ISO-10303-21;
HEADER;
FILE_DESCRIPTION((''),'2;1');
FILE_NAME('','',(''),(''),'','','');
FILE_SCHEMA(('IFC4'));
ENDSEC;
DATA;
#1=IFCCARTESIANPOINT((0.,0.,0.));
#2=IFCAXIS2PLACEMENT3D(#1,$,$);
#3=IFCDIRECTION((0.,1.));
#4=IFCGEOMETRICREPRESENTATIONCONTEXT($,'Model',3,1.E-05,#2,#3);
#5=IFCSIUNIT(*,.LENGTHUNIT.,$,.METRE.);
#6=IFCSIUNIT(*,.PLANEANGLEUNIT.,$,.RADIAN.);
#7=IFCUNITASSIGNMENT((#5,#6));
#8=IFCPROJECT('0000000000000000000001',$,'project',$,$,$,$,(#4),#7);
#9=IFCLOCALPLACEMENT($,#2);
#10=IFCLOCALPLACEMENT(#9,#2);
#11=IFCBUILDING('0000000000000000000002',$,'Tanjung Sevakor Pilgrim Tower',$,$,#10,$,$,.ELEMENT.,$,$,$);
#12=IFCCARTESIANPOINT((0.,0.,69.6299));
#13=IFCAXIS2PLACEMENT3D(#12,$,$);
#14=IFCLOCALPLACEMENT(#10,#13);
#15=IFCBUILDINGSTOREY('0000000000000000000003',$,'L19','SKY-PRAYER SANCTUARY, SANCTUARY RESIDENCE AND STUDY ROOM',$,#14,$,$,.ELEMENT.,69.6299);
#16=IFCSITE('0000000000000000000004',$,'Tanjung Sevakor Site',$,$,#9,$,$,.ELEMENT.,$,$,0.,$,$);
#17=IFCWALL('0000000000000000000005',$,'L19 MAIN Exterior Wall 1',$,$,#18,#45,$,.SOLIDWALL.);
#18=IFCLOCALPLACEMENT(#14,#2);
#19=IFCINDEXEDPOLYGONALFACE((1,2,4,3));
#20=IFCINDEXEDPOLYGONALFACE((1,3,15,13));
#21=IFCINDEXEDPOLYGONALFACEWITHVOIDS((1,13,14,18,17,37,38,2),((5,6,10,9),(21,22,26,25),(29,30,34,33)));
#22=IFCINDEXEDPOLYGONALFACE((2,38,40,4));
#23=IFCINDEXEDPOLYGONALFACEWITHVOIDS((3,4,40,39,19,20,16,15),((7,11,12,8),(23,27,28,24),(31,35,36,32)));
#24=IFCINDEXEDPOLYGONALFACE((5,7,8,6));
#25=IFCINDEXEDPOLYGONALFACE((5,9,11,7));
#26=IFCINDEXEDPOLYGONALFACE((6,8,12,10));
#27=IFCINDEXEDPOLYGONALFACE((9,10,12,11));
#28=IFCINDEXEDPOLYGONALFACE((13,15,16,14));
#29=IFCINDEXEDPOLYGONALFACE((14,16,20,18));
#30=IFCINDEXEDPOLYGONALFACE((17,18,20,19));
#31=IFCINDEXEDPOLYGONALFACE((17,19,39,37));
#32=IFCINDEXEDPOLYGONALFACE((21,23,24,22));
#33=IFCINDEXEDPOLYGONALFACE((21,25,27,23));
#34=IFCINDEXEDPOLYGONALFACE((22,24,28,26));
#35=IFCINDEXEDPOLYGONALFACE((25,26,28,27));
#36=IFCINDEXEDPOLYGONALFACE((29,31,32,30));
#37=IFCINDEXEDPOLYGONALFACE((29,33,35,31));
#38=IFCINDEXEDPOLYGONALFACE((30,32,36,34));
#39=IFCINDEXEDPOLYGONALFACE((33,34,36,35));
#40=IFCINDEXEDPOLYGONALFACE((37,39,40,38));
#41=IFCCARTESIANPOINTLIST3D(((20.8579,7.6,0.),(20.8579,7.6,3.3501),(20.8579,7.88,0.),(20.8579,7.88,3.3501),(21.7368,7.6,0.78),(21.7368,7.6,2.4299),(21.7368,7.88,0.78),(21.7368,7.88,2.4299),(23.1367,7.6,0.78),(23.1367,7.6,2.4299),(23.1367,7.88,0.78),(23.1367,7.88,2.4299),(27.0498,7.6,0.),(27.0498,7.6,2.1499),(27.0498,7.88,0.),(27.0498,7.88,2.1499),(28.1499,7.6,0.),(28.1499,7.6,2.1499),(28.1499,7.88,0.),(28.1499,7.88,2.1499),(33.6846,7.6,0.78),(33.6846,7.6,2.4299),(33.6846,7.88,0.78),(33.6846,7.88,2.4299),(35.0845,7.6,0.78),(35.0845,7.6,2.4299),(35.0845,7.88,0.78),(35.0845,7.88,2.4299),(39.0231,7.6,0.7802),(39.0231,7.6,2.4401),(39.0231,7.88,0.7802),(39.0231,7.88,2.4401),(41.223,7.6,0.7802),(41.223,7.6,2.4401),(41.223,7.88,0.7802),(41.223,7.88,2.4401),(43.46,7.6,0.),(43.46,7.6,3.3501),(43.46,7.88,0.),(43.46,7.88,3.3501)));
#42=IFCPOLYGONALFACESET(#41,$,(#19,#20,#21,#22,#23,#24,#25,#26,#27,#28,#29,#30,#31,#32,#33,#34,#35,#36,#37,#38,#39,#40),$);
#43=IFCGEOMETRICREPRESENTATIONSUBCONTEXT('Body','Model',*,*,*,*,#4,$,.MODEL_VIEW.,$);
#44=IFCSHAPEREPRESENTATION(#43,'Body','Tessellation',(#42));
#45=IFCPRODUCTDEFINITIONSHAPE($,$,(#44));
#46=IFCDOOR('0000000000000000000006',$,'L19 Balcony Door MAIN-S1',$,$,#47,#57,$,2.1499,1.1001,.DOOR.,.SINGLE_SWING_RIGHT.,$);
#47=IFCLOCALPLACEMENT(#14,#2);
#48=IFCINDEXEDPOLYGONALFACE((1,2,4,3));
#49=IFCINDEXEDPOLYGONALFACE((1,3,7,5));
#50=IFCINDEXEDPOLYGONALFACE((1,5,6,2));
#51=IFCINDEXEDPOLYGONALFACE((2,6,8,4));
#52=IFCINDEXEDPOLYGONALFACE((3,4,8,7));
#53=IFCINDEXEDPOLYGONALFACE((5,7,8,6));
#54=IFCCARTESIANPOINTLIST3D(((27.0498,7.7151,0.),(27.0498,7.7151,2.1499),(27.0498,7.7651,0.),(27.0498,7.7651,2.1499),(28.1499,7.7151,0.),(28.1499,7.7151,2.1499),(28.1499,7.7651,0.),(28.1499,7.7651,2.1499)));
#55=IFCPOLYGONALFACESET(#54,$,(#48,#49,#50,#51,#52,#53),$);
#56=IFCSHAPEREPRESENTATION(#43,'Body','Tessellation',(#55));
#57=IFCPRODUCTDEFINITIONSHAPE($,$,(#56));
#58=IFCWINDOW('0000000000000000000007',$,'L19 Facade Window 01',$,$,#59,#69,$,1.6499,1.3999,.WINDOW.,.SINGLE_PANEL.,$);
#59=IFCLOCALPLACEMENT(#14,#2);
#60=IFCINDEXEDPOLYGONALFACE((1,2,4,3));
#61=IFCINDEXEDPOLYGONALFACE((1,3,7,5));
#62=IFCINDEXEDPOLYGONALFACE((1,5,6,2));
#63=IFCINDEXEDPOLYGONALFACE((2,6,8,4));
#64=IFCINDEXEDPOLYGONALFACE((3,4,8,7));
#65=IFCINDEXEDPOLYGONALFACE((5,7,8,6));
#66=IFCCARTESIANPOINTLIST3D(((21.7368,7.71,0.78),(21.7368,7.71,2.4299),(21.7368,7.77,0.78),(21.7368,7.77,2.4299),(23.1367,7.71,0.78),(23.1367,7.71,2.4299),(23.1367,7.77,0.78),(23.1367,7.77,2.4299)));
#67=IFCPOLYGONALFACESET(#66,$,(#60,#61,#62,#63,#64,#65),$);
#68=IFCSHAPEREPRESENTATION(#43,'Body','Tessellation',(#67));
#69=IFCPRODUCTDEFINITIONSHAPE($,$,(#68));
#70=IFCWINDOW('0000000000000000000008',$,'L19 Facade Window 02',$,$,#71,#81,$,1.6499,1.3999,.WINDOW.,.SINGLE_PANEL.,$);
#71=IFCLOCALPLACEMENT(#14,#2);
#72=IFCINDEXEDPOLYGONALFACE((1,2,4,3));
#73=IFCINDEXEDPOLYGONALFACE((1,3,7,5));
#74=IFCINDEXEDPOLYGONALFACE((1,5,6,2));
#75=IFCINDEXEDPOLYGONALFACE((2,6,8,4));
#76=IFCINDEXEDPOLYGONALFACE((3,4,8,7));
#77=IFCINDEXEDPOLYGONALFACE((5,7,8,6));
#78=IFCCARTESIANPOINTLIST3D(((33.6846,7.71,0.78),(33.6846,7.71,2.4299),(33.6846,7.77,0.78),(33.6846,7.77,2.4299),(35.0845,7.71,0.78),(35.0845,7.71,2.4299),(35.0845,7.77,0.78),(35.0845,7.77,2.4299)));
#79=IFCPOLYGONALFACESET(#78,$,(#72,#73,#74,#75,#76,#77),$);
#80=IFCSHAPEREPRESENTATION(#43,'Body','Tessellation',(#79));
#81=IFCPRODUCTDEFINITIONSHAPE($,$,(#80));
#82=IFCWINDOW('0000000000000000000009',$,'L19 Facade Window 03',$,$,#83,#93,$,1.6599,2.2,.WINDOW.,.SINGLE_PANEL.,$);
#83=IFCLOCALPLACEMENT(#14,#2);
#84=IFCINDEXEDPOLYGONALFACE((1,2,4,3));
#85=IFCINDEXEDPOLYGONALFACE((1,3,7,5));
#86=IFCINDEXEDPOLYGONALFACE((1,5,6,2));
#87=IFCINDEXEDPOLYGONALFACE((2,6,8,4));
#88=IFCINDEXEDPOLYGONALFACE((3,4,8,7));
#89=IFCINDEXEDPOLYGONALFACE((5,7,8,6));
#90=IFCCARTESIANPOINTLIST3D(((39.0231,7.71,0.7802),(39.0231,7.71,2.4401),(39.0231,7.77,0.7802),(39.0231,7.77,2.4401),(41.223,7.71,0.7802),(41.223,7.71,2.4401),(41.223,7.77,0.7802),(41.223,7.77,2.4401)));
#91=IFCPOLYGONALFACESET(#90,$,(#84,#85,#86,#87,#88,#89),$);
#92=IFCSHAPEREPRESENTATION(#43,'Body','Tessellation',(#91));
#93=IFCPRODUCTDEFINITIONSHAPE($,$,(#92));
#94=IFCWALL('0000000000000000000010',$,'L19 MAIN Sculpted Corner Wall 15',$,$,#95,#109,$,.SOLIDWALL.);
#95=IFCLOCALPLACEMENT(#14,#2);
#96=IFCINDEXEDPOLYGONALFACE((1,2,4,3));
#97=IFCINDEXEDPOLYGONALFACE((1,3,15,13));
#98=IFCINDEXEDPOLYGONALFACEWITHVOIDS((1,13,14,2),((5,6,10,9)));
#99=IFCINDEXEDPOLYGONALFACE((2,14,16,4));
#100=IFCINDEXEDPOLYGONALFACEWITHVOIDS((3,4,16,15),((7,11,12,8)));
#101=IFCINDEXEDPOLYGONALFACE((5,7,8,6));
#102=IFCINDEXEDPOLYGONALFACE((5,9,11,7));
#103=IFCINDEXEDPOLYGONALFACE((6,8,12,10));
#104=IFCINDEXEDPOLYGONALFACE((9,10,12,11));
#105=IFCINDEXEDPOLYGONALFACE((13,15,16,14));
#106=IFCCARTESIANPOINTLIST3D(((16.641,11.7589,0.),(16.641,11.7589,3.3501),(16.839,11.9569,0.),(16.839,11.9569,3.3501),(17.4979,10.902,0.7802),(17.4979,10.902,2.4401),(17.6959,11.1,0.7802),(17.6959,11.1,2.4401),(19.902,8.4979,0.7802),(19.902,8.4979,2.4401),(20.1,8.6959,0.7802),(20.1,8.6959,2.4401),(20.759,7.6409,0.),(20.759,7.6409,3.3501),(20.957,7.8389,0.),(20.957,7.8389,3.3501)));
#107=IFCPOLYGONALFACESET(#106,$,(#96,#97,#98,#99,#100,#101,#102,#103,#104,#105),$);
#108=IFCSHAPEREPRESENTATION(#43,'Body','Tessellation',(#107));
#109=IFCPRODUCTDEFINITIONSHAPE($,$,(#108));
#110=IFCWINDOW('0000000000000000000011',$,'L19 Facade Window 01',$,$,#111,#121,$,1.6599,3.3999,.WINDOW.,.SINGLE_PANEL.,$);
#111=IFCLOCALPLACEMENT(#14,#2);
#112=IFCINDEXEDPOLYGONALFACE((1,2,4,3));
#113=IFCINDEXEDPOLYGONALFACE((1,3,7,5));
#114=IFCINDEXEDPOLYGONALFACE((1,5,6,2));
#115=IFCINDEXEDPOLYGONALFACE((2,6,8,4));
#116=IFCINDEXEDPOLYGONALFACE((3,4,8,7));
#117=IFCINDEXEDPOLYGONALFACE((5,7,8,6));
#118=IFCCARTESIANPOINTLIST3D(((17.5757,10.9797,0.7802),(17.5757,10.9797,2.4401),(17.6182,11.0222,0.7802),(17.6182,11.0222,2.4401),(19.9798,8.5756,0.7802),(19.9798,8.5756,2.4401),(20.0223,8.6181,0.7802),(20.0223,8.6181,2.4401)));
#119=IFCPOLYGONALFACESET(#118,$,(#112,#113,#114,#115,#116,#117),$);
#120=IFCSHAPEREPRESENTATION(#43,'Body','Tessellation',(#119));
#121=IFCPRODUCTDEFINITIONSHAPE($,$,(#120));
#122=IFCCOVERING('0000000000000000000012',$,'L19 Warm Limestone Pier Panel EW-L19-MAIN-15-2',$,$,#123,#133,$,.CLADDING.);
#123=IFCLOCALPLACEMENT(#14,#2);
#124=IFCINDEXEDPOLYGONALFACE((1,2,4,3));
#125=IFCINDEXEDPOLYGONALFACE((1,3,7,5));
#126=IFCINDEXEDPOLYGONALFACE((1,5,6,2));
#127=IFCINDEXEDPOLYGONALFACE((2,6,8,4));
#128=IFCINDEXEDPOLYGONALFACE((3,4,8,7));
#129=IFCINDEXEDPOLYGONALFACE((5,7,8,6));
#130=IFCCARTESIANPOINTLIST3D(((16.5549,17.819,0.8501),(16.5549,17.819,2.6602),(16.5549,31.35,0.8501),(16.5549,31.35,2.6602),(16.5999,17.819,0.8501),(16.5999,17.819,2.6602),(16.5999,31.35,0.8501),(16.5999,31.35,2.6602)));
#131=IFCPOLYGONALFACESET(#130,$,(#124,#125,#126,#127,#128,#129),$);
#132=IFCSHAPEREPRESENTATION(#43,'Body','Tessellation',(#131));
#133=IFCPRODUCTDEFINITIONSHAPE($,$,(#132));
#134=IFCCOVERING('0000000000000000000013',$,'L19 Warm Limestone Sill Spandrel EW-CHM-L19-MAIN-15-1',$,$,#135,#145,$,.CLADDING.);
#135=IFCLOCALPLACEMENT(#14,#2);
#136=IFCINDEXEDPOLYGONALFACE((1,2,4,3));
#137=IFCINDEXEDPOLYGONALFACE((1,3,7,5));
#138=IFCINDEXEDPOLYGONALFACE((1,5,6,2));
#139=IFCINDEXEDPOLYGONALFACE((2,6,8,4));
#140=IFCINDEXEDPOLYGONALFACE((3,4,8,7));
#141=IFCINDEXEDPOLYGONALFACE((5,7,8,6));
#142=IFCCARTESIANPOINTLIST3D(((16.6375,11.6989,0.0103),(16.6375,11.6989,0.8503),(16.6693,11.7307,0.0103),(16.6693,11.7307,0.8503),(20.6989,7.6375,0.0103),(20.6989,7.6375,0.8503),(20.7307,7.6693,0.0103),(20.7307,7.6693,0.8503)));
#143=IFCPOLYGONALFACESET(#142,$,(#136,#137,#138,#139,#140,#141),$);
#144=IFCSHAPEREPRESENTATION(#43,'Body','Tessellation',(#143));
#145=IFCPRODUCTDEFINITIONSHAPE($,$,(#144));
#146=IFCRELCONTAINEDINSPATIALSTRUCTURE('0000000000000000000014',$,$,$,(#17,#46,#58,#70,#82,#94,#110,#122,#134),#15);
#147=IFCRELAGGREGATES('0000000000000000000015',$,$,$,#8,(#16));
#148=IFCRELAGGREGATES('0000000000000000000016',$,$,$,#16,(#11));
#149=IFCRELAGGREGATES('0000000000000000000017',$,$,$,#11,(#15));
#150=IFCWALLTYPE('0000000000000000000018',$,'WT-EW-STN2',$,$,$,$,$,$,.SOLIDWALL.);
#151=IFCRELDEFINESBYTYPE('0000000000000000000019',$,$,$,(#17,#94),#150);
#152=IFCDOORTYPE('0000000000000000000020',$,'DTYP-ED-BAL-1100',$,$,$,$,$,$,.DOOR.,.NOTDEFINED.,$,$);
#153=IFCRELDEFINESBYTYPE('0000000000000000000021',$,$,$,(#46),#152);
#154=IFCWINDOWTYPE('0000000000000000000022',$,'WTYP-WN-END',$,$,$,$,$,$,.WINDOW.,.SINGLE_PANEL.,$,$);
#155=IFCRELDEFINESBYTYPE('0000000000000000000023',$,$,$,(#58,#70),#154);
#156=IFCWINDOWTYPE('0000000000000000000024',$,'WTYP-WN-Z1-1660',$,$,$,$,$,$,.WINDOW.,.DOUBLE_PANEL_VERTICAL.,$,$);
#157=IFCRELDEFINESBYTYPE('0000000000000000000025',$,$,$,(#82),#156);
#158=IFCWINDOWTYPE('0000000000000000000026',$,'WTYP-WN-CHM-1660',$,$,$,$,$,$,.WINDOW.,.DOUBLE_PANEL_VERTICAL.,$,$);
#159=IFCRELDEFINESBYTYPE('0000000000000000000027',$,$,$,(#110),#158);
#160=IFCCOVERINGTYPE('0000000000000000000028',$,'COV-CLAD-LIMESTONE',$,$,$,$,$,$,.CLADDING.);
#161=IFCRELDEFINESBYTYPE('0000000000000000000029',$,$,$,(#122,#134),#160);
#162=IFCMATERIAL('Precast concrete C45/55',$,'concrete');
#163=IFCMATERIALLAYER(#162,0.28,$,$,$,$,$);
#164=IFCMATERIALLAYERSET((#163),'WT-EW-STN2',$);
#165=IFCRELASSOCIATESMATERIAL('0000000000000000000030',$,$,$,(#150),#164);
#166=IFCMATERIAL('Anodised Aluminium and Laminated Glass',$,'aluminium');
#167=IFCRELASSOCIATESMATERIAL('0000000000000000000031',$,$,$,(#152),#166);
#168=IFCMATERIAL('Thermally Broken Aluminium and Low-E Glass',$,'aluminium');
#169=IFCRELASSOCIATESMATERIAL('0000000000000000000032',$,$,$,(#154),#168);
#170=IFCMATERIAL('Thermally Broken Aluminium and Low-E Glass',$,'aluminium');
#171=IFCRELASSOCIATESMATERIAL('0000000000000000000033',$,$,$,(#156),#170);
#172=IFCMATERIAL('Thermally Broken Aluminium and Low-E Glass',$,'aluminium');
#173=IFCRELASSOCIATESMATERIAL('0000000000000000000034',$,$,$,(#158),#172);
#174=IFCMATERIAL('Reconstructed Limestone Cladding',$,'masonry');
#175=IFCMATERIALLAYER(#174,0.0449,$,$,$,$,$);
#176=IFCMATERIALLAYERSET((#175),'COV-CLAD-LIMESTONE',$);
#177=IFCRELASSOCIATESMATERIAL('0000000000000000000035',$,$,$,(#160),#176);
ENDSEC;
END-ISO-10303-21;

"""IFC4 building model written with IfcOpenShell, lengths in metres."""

from ifc_helpers import new_model, si_unit, direction, frame, frame_2d, origin, origin_2d, place, context, subcontext, project, spatial, rectangle, extrude, material, layer, layer_set, type_object, element, fill, save


model = new_model("IFC4")

# Units and contexts
model_context = context("Model", 3, precision=1e-05, world=origin(), true_north=direction((0.0, 1.0)))
body_context = subcontext(model_context, "Body", "Model", "MODEL_VIEW")
ifc_project = project(units=[si_unit("LENGTHUNIT", "METRE"), si_unit("PLANEANGLEUNIT", "RADIAN")], contexts=[model_context])

# Site, building, storey
site_placement = place(None, origin())
site = spatial("IfcSite", under=ifc_project, at=site_placement, Name="Tanjung Sevakor Site", CompositionType="ELEMENT", RefElevation=0.0)
building_placement = place(site_placement, origin())
building = spatial("IfcBuilding", under=site, at=building_placement, Name="Tanjung Sevakor Pilgrim Tower", CompositionType="ELEMENT")
storey_placement = place(building_placement, frame((0.0, 0.0, 69.6299)))
storey = spatial("IfcBuildingStorey", under=building, at=storey_placement, Name="L19", Description="SKY-PRAYER SANCTUARY, SANCTUARY RESIDENCE AND STUDY ROOM", CompositionType="ELEMENT", Elevation=69.6299)

# Wall, openings, door, windows
ifc_material_1 = material(Name="Precast concrete C45/55", Category="concrete")
ifc_layer_1 = layer(ifc_material_1, 0.28)
ifc_layer_set_1 = layer_set([ifc_layer_1], Name="WT-EW-STN2")
wall_type_1 = type_object("IfcWallType", Name="WT-EW-STN2", PredefinedType="SOLIDWALL", material=ifc_layer_set_1)
wall_1_placement = place(storey_placement, frame((20.8579, 7.74, 0.0), z_axis=(0.0, 0.0, 1.0), x_axis=(1.0, 0.0, 0.0)))
wall_1 = element("IfcWall", 1, at=wall_1_placement, inside=storey, type_object=wall_type_1, Name="L19 MAIN Exterior Wall 1", PredefinedType="SOLIDWALL", context=body_context, shape_type="SweptSolid", body=[
    extrude(rectangle(XDim=22.6021, YDim=0.28, at=frame_2d((11.301, 0.0))), origin(), (0.0, 0.0, 1.0), 3.3501),
])
opening_1_placement = place(wall_1_placement, frame((6.1919, 0.0, 0.0)))
opening_1 = element("IfcOpeningElement", 2, at=opening_1_placement, cuts=wall_1, PredefinedType="OPENING", context=body_context, shape_type="SweptSolid", body=[
    extrude(rectangle(XDim=1.1001, YDim=2.1499, at=frame_2d((0.55, 1.075))), frame((0.0, 0.1499, 0.0), z_axis=(0.0, -1.0, 0.0), x_axis=(1.0, 0.0, 0.0)), (0.0, 0.0, 1.0), 0.3),
])
opening_2_placement = place(wall_1_placement, frame((0.8789, 0.0, 0.78)))
opening_2 = element("IfcOpeningElement", 3, at=opening_2_placement, cuts=wall_1, PredefinedType="OPENING", context=body_context, shape_type="SweptSolid", body=[
    extrude(rectangle(XDim=1.3999, YDim=1.6499, at=frame_2d((0.7, 0.825))), frame((0.0, 0.1499, 0.0), z_axis=(0.0, -1.0, 0.0), x_axis=(1.0, 0.0, 0.0)), (0.0, 0.0, 1.0), 0.3),
])
opening_3_placement = place(wall_1_placement, frame((12.8267, 0.0, 0.78)))
opening_3 = element("IfcOpeningElement", 4, at=opening_3_placement, cuts=wall_1, PredefinedType="OPENING", context=body_context, shape_type="SweptSolid", body=[
    extrude(rectangle(XDim=1.3999, YDim=1.6499, at=frame_2d((0.7, 0.825))), frame((0.0, 0.1499, 0.0), z_axis=(0.0, -1.0, 0.0), x_axis=(1.0, 0.0, 0.0)), (0.0, 0.0, 1.0), 0.3),
])
opening_4_placement = place(wall_1_placement, frame((18.165, 0.0, 0.78)))
opening_4 = element("IfcOpeningElement", 5, at=opening_4_placement, cuts=wall_1, PredefinedType="OPENING", context=body_context, shape_type="SweptSolid", body=[
    extrude(rectangle(XDim=2.2, YDim=1.6599, at=frame_2d((1.1001, 0.8301))), frame((0.0, 0.1499, 0.0), z_axis=(0.0, -1.0, 0.0), x_axis=(1.0, 0.0, 0.0)), (0.0, 0.0, 1.0), 0.3),
])
ifc_material_2 = material(Name="Anodised Aluminium and Laminated Glass", Category="aluminium")
door_type_1 = type_object("IfcDoorType", Name="DTYP-ED-BAL-1100", OperationType="NOTDEFINED", PredefinedType="DOOR", material=ifc_material_2)
door_1_placement = place(opening_1_placement, frame((1.1001, 0.0, 0.0), z_axis=(0.0, 0.0, 1.0), x_axis=(-1.0, 0.0, 0.0)))
door_1 = element("IfcDoor", 6, at=door_1_placement, inside=storey, type_object=door_type_1, Name="L19 Balcony Door MAIN-S1", OperationType="SINGLE_SWING_RIGHT", OverallHeight=2.1499, OverallWidth=1.1001, PredefinedType="DOOR", context=body_context, shape_type="SweptSolid", body=[
    extrude(rectangle(XDim=1.1001, YDim=2.1499, at=frame_2d((0.55, 1.075))), frame((0.0, 0.0249, 0.0), z_axis=(0.0, -1.0, 0.0), x_axis=(1.0, 0.0, 0.0)), (0.0, 0.0, 1.0), 0.05),
])
fill(opening_1, door_1)
ifc_material_3 = material(Name="Thermally Broken Aluminium and Low-E Glass", Category="aluminium")
window_type_1 = type_object("IfcWindowType", Name="WTYP-WN-END", PartitioningType="SINGLE_PANEL", PredefinedType="WINDOW", material=ifc_material_3)
window_1_placement = place(opening_2_placement, origin())
window_1 = element("IfcWindow", 7, at=window_1_placement, inside=storey, type_object=window_type_1, Name="L19 Facade Window 01", OverallHeight=1.6499, OverallWidth=1.3999, PartitioningType="SINGLE_PANEL", PredefinedType="WINDOW", context=body_context, shape_type="SweptSolid", body=[
    extrude(rectangle(XDim=1.3999, YDim=1.6499, at=frame_2d((0.7, 0.825))), frame((0.0, 0.03, 0.0), z_axis=(0.0, -1.0, 0.0), x_axis=(1.0, 0.0, 0.0)), (0.0, 0.0, 1.0), 0.0601),
])
fill(opening_2, window_1)
window_2_placement = place(opening_3_placement, origin())
window_2 = element("IfcWindow", 8, at=window_2_placement, inside=storey, type_object=window_type_1, Name="L19 Facade Window 02", OverallHeight=1.6499, OverallWidth=1.3999, PartitioningType="SINGLE_PANEL", PredefinedType="WINDOW", context=body_context, shape_type="SweptSolid", body=[
    extrude(rectangle(XDim=1.3999, YDim=1.6499, at=frame_2d((0.7, 0.825))), frame((0.0, 0.03, 0.0), z_axis=(0.0, -1.0, 0.0), x_axis=(1.0, 0.0, 0.0)), (0.0, 0.0, 1.0), 0.0601),
])
fill(opening_3, window_2)
ifc_material_4 = material(Name="Thermally Broken Aluminium and Low-E Glass", Category="aluminium")
window_type_2 = type_object("IfcWindowType", Name="WTYP-WN-Z1-1660", PartitioningType="DOUBLE_PANEL_VERTICAL", PredefinedType="WINDOW", material=ifc_material_4)
window_3_placement = place(opening_4_placement, origin())
window_3 = element("IfcWindow", 9, at=window_3_placement, inside=storey, type_object=window_type_2, Name="L19 Facade Window 03", OverallHeight=1.6599, OverallWidth=2.2, PartitioningType="SINGLE_PANEL", PredefinedType="WINDOW", context=body_context, shape_type="SweptSolid", body=[
    extrude(rectangle(XDim=2.2, YDim=1.6599, at=frame_2d((1.1001, 0.8301))), frame((0.0, 0.03, 0.0), z_axis=(0.0, -1.0, 0.0), x_axis=(1.0, 0.0, 0.0)), (0.0, 0.0, 1.0), 0.0601),
])
fill(opening_4, window_3)

# Wall, opening, window
wall_2_placement = place(storey_placement, frame((16.74, 11.8579, 0.0), z_axis=(0.0, 0.0, 1.0), x_axis=(0.707107, -0.707107, 0.0)))
wall_2 = element("IfcWall", 10, at=wall_2_placement, inside=storey, type_object=wall_type_1, Name="L19 MAIN Sculpted Corner Wall 15", PredefinedType="SOLIDWALL", context=body_context, shape_type="SweptSolid", body=[
    extrude(rectangle(XDim=5.8237, YDim=0.28, at=frame_2d((2.9119, 0.0))), origin(), (0.0, 0.0, 1.0), 3.3501),
])
opening_5_placement = place(wall_2_placement, frame((1.2119, 0.0, 0.78)))
opening_5 = element("IfcOpeningElement", 11, at=opening_5_placement, cuts=wall_2, PredefinedType="OPENING", context=body_context, shape_type="SweptSolid", body=[
    extrude(rectangle(XDim=3.3999, YDim=1.6599, at=frame_2d((1.7, 0.8301))), frame((0.0, 0.1499, 0.0), z_axis=(0.0, -1.0, 0.0), x_axis=(1.0, 0.0, 0.0)), (0.0, 0.0, 1.0), 0.3),
])
ifc_material_5 = material(Name="Thermally Broken Aluminium and Low-E Glass", Category="aluminium")
window_type_3 = type_object("IfcWindowType", Name="WTYP-WN-CHM-1660", PartitioningType="DOUBLE_PANEL_VERTICAL", PredefinedType="WINDOW", material=ifc_material_5)
window_4_placement = place(opening_5_placement, origin())
window_4 = element("IfcWindow", 12, at=window_4_placement, inside=storey, type_object=window_type_3, Name="L19 Facade Window 01", OverallHeight=1.6599, OverallWidth=3.3999, PartitioningType="SINGLE_PANEL", PredefinedType="WINDOW", context=body_context, shape_type="SweptSolid", body=[
    extrude(rectangle(XDim=3.3999, YDim=1.6599, at=frame_2d((1.7, 0.8301))), frame((0.0, 0.03, 0.0), z_axis=(0.0, -1.0, 0.0), x_axis=(1.0, 0.0, 0.0)), (0.0, 0.0, 1.0), 0.0601),
])
fill(opening_5, window_4)

# Coverings
ifc_material_6 = material(Name="Reconstructed Limestone Cladding", Category="masonry")
ifc_layer_2 = layer(ifc_material_6, 0.0449)
ifc_layer_set_2 = layer_set([ifc_layer_2], Name="COV-CLAD-LIMESTONE")
covering_type = type_object("IfcCoveringType", Name="COV-CLAD-LIMESTONE", PredefinedType="CLADDING", material=ifc_layer_set_2)
covering_1_placement = place(storey_placement, frame((16.5774, 24.5845, 0.8501), z_axis=(0.0, 0.0, 1.0), x_axis=(0.0, -1.0, 0.0)))
element("IfcCovering", 13, at=covering_1_placement, inside=storey, type_object=covering_type, Name="L19 Warm Limestone Pier Panel EW-L19-MAIN-15-2", PredefinedType="CLADDING", context=body_context, shape_type="SweptSolid", body=[
    extrude(rectangle(XDim=13.531, YDim=0.0449, at=origin_2d()), origin(), (0.0, 0.0, 1.0), 1.8101),
])
covering_2_placement = place(storey_placement, frame((18.6841, 9.6841, 0.0103), z_axis=(0.0, 0.0, 1.0), x_axis=(0.707107, -0.707107, 0.0)))
element("IfcCovering", 14, at=covering_2_placement, inside=storey, type_object=covering_type, Name="L19 Warm Limestone Sill Spandrel EW-CHM-L19-MAIN-15-1", PredefinedType="CLADDING", context=body_context, shape_type="SweptSolid", body=[
    extrude(rectangle(XDim=5.7437, YDim=0.0449, at=origin_2d()), origin(), (0.0, 0.0, 1.0), 0.8401),
])

save(model, "model.ifc")
